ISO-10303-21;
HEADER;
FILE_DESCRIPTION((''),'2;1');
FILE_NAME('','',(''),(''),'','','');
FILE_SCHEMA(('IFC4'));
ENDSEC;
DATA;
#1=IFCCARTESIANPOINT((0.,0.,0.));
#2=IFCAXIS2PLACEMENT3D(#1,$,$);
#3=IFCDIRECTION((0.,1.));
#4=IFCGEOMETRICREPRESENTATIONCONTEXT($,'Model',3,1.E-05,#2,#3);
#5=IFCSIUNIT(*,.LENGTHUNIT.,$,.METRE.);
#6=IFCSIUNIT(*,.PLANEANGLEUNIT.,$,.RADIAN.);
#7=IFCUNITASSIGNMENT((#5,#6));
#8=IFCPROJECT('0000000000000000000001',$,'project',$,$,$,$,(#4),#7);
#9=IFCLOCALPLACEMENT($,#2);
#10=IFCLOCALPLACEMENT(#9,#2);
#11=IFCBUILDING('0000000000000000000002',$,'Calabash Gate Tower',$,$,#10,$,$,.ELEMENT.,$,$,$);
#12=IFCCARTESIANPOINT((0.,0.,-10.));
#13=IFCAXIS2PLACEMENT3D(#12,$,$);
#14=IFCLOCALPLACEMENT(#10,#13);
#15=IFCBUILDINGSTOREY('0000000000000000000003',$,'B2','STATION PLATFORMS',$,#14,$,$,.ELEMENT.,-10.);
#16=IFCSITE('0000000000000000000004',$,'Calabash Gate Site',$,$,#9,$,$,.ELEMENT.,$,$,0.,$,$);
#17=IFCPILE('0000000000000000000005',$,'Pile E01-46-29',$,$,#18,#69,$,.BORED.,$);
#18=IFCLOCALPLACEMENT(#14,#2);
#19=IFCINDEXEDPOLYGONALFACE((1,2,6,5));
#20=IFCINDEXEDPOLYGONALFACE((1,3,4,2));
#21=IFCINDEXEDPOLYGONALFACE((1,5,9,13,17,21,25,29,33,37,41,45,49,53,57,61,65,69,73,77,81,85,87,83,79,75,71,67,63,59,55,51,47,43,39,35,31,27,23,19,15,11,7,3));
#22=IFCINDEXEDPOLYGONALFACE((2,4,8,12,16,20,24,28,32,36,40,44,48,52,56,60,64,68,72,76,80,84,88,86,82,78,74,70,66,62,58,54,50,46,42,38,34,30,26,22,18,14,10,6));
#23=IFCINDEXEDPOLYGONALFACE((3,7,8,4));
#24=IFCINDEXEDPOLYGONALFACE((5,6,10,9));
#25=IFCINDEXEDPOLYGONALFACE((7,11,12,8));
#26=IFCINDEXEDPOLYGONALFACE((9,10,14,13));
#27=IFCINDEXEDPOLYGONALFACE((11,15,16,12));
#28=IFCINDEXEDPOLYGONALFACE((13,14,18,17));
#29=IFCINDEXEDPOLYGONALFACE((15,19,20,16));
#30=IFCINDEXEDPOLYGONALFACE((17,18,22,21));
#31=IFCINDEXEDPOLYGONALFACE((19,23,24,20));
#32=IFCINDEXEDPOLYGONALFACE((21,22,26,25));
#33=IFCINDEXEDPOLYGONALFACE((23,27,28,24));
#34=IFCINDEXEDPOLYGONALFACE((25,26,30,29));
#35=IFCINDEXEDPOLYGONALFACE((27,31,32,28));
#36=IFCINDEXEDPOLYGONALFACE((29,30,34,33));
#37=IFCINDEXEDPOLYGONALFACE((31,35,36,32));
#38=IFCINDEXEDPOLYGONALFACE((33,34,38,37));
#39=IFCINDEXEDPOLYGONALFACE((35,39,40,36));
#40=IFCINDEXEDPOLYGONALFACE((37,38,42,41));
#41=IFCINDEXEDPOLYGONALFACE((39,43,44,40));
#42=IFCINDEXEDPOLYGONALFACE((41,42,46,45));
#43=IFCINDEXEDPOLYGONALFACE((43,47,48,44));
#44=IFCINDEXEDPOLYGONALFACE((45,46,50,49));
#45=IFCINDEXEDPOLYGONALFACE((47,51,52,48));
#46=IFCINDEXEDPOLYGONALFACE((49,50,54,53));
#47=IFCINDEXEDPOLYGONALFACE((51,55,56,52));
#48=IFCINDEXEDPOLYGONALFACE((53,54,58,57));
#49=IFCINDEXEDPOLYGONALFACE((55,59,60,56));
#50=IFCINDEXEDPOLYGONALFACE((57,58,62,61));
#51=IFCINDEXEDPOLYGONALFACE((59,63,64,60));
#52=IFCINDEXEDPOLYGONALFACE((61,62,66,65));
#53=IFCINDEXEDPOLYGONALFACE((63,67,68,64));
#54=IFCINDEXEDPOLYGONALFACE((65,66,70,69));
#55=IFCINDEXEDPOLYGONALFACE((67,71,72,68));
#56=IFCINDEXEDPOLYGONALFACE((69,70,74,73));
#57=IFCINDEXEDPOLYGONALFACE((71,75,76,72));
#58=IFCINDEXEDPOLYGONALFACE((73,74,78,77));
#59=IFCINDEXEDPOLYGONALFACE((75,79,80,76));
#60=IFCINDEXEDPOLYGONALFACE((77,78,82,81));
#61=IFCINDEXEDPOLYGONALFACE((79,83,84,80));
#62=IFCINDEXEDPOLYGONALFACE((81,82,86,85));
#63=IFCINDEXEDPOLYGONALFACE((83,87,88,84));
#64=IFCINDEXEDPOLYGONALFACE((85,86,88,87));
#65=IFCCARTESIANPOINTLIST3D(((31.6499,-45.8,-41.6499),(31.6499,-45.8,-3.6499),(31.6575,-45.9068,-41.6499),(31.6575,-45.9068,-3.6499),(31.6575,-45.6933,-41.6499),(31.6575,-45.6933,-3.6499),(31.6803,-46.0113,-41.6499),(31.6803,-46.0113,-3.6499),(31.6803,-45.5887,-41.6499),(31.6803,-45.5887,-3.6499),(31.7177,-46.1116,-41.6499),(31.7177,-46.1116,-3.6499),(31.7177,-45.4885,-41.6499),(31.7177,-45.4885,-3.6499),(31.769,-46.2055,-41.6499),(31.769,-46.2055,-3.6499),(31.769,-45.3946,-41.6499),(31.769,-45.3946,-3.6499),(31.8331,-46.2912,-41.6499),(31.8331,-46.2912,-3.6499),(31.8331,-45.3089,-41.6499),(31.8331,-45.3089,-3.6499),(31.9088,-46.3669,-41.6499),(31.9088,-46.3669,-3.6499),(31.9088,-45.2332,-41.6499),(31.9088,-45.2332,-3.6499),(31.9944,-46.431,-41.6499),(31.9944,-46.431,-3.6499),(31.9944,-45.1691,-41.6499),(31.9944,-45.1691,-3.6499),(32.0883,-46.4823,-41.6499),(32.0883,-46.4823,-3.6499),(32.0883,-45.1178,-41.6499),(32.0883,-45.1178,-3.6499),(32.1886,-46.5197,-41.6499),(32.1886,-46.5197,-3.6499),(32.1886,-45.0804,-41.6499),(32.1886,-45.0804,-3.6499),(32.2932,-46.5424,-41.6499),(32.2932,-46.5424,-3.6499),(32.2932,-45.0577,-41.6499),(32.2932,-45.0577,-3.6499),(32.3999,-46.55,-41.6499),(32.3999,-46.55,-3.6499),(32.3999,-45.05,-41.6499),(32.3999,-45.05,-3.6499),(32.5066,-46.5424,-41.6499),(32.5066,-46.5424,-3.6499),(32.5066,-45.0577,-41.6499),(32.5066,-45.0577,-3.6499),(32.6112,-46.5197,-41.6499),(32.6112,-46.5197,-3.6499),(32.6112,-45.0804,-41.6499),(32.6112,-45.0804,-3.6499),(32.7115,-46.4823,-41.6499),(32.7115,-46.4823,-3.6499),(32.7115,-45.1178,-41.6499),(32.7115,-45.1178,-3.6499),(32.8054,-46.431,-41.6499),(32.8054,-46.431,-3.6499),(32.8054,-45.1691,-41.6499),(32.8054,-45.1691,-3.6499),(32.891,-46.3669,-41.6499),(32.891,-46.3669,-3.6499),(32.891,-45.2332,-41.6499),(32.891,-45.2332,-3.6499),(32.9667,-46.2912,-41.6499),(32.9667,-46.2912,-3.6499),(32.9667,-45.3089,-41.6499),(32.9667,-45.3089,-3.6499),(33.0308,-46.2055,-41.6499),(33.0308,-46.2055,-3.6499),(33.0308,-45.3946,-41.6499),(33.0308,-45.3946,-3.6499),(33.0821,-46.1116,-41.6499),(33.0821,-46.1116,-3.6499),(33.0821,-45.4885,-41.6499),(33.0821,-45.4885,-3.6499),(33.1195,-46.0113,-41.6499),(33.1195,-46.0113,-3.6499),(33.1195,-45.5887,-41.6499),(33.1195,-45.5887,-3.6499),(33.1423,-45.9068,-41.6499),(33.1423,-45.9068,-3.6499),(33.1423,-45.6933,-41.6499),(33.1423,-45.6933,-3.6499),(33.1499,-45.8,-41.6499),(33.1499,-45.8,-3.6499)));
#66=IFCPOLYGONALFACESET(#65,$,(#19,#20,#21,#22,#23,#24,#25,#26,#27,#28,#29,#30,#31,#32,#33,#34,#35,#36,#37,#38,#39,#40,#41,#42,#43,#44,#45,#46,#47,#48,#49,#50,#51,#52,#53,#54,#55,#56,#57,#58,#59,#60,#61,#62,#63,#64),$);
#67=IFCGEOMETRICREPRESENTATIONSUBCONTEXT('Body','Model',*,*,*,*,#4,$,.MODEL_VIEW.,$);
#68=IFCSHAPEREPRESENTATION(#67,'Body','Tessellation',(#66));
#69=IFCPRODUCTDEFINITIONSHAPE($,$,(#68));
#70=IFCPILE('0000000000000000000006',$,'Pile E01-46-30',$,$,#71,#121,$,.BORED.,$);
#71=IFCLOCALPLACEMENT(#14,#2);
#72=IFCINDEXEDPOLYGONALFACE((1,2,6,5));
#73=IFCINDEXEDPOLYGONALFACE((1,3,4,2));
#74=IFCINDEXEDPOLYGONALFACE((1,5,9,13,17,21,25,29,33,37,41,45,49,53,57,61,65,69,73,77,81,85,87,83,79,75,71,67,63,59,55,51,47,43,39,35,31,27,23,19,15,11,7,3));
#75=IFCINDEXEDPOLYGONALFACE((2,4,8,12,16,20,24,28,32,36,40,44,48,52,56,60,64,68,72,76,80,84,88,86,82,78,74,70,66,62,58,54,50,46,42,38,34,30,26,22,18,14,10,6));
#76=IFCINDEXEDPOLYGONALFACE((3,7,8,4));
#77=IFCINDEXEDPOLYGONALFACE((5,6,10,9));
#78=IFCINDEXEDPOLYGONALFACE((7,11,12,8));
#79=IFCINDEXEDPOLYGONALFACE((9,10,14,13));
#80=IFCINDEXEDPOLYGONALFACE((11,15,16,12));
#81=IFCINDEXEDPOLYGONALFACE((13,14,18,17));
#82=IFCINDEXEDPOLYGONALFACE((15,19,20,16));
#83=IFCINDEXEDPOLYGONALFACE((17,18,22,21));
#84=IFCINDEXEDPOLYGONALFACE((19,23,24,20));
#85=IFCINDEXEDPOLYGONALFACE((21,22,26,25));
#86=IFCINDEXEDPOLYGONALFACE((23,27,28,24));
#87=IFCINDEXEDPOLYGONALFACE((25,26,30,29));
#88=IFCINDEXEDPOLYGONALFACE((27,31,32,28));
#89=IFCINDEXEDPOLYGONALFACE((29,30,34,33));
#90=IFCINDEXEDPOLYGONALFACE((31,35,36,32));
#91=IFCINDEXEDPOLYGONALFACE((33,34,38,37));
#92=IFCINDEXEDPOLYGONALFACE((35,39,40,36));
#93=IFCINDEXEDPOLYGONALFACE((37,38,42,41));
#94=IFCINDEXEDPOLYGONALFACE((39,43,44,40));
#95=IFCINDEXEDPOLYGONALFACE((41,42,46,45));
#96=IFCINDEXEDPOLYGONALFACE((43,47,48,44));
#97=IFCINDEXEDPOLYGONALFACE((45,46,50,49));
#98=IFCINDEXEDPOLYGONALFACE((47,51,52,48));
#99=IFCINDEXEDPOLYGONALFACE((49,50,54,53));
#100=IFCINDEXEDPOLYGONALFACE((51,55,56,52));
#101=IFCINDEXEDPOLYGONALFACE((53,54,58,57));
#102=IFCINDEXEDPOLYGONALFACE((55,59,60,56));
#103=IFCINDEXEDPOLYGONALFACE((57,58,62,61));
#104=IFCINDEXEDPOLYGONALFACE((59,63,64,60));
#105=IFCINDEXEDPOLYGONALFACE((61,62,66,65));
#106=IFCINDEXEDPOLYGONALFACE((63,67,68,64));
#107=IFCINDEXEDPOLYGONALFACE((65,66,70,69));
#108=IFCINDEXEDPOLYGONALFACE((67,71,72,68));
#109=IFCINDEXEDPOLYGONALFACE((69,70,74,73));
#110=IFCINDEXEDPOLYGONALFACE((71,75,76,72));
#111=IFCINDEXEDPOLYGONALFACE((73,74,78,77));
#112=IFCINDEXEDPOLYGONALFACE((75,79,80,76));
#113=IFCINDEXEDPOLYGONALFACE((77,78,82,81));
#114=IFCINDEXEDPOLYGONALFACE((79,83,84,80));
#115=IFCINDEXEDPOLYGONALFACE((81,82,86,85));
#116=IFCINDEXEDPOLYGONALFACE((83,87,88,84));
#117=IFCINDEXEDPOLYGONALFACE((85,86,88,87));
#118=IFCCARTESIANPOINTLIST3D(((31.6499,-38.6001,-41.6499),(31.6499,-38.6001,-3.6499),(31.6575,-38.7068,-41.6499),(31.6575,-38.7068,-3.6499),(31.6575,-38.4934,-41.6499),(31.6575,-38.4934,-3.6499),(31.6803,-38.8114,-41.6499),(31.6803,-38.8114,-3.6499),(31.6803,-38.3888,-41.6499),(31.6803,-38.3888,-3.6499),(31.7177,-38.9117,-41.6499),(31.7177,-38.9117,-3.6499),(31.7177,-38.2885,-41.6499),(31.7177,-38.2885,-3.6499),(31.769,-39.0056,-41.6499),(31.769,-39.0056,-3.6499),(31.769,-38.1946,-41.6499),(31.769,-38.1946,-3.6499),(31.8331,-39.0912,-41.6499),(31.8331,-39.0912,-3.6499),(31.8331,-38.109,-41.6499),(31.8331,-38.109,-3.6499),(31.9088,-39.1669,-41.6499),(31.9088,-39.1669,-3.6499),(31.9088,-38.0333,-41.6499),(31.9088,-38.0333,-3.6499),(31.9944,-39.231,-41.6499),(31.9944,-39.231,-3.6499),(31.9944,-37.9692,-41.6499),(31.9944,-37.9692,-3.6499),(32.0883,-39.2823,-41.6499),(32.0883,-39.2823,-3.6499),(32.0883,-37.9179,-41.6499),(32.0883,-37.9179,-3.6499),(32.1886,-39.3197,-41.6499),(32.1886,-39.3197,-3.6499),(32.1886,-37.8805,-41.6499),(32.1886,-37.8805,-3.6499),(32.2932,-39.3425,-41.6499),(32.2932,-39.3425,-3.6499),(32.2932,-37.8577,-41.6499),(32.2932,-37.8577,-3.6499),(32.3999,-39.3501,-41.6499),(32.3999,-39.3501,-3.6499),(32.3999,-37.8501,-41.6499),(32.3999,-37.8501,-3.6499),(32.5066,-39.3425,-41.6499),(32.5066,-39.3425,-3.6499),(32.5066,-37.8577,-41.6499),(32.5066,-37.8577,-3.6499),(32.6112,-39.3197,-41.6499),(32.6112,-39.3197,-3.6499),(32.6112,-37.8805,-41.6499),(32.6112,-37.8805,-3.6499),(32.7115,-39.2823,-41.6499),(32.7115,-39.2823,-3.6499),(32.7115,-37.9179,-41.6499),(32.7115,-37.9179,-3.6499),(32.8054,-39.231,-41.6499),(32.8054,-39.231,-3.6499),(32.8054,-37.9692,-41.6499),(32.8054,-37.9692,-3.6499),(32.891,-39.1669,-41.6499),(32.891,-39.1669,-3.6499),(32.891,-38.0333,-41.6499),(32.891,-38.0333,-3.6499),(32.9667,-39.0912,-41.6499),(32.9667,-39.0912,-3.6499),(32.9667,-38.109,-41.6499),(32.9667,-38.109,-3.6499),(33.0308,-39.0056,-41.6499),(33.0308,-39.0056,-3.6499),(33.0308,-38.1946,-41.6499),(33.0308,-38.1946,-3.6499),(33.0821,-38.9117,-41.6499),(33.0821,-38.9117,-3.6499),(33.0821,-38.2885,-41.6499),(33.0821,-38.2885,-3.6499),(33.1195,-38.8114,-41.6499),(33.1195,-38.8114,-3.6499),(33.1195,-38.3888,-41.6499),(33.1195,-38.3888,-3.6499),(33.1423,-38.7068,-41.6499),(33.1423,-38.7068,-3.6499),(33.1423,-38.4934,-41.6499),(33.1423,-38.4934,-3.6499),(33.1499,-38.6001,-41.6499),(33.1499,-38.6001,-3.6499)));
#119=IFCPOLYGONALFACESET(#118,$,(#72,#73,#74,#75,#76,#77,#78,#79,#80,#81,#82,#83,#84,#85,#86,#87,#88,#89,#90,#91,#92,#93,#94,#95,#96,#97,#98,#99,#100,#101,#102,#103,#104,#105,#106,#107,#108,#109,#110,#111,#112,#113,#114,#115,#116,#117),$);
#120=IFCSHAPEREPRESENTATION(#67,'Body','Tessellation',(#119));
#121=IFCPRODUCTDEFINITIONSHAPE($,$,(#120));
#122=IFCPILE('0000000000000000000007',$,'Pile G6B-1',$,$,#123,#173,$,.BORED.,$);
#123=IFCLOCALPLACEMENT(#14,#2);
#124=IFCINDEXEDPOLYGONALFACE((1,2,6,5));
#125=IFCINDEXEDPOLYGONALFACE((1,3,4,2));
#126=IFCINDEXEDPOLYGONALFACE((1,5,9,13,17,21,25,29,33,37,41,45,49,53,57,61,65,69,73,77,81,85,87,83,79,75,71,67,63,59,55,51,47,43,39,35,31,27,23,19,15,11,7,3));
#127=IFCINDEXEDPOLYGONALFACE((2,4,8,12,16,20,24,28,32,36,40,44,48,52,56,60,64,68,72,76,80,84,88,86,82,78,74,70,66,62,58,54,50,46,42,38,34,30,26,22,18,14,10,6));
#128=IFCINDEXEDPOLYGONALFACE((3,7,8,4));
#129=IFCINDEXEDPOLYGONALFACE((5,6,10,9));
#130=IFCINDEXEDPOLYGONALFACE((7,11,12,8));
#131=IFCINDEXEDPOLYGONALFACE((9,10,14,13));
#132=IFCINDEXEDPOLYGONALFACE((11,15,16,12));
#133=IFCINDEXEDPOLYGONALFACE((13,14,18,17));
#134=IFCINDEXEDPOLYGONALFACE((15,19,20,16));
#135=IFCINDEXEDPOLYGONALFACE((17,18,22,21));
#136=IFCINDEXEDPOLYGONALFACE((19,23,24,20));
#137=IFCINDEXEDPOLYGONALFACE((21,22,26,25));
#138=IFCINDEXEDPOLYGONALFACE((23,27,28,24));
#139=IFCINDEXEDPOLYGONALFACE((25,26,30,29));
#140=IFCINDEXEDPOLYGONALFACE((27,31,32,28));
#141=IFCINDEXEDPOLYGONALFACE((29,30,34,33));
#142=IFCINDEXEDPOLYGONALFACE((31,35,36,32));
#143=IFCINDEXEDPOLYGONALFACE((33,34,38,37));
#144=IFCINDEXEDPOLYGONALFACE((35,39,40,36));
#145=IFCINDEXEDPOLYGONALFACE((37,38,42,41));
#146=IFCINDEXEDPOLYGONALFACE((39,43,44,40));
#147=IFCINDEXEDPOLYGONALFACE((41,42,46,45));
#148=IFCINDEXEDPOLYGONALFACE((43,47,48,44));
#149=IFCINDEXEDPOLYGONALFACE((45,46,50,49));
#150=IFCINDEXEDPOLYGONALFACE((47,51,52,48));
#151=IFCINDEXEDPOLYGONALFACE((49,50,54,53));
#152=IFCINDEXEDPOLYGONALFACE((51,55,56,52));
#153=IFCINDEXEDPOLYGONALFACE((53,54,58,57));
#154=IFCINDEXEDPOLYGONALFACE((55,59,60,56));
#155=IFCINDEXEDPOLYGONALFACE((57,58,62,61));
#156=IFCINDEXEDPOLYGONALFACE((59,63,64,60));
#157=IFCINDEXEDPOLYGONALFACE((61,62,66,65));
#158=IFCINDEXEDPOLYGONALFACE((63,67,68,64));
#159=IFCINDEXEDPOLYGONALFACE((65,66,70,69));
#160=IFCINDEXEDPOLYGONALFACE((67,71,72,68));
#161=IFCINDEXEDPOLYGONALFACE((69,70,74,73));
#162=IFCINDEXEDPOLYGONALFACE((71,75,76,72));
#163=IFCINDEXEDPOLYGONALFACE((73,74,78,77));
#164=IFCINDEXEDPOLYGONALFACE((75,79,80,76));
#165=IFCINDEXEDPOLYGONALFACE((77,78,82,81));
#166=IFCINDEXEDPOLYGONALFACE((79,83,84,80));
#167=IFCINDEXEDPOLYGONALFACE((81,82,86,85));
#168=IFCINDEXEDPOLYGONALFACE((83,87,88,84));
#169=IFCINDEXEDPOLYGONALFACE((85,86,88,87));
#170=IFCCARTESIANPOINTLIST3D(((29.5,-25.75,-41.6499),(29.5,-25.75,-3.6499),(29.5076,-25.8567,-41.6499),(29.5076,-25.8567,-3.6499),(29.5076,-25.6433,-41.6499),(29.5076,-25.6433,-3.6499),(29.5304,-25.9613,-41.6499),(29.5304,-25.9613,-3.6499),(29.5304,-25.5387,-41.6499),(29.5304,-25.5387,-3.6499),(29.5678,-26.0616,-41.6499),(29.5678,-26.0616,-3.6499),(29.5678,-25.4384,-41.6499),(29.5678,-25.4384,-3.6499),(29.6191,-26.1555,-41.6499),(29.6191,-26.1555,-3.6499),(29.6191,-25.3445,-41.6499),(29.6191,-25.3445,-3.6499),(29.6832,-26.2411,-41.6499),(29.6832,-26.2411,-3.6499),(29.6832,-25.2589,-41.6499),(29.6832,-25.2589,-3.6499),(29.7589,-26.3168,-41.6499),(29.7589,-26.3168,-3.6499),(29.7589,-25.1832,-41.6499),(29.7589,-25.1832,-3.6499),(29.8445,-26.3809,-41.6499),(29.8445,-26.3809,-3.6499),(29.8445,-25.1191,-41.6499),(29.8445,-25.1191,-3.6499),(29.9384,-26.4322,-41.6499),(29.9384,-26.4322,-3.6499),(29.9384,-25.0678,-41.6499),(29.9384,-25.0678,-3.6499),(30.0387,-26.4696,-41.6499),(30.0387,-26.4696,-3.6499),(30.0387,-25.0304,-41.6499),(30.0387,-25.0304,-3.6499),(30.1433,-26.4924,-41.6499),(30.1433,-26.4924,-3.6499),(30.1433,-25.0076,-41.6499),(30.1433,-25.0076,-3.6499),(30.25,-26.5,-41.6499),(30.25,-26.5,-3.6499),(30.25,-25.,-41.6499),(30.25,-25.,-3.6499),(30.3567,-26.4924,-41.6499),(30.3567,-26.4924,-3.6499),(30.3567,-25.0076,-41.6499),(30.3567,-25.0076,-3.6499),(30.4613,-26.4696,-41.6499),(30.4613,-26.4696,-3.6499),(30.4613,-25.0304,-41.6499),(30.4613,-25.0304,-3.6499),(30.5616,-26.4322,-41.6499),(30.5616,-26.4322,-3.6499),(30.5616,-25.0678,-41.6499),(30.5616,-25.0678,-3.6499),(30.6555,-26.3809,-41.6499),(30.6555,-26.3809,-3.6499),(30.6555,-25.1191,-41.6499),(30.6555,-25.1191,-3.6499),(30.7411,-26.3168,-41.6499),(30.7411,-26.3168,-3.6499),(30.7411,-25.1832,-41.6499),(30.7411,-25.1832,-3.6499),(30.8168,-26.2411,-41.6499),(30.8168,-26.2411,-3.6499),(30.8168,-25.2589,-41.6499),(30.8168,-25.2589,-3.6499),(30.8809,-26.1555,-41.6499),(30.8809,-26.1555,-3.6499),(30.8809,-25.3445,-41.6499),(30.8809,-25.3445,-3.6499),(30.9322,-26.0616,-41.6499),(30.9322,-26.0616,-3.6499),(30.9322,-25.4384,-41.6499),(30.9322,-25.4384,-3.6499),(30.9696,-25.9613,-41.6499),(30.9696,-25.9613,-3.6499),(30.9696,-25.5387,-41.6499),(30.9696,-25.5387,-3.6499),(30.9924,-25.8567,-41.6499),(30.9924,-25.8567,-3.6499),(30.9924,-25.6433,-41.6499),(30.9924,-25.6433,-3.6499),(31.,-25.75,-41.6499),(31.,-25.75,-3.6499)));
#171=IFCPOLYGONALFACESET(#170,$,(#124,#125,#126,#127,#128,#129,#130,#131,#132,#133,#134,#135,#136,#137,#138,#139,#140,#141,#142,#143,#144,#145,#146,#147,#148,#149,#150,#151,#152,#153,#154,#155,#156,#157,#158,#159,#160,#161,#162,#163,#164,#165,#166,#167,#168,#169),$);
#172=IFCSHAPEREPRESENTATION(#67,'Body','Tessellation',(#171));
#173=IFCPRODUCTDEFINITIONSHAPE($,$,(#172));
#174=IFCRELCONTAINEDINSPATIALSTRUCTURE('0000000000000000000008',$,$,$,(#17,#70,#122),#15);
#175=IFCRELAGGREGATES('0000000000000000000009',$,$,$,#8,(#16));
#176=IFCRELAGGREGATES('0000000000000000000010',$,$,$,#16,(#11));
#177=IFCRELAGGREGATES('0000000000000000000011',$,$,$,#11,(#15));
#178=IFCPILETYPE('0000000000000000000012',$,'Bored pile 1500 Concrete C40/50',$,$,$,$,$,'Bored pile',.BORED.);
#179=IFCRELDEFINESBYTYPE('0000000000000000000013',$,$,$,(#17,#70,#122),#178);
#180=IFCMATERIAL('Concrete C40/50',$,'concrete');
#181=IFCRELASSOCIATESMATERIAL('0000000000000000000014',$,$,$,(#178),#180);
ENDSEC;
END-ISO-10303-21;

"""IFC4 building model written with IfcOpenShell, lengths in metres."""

from ifc_helpers import new_model, si_unit, direction, frame, origin, origin_2d, place, context, subcontext, project, spatial, circle, extrude, material, material_profile, profile_set, type_object, element, save


model = new_model("IFC4")

# Units and contexts
model_context = context("Model", 3, precision=1e-05, world=origin(), true_north=direction((0.0, 1.0)))
body_context = subcontext(model_context, "Body", "Model", "MODEL_VIEW")
ifc_project = project(units=[si_unit("LENGTHUNIT", "METRE"), si_unit("PLANEANGLEUNIT", "RADIAN")], contexts=[model_context])

# Site, building, storey
site_placement = place(None, origin())
site = spatial("IfcSite", under=ifc_project, at=site_placement, Name="Calabash Gate Site", CompositionType="ELEMENT", RefElevation=0.0)
building_placement = place(site_placement, origin())
building = spatial("IfcBuilding", under=site, at=building_placement, Name="Calabash Gate Tower", CompositionType="ELEMENT")
storey_placement = place(building_placement, frame((0.0, 0.0, -10.0)))
storey = spatial("IfcBuildingStorey", under=building, at=storey_placement, Name="B2", Description="STATION PLATFORMS", CompositionType="ELEMENT", Elevation=-10.0)

# Piles
ifc_material_1 = material(Name="Concrete C40/50", Category="concrete")
ifc_material_profile_1 = material_profile(ifc_material_1, circle(Radius=0.75, at=origin_2d()))
ifc_profile_set_1 = profile_set([ifc_material_profile_1], Name="Concrete C40/50")
pile_type = type_object("IfcPileType", Name="Bored pile 1500 Concrete C40/50", ElementType="Bored pile", PredefinedType="BORED", material=ifc_profile_set_1)
for number, where, z_axis, x_axis, name in (
    (1, (32.3999, -45.8, -3.6499), (0.0, 0.0, -1.0), (1.0, 0.0, 0.0), "Pile E01-46-29"),
    (2, (32.3999, -38.6001, -3.6499), (0.0, 0.0, -1.0), (1.0, 0.0, 0.0), "Pile E01-46-30"),
    (3, (30.25, -25.75, -3.6499), (0.0, 0.0, -1.0), (1.0, 0.0, 0.0), "Pile G6B-1"),
):
    element("IfcPile", number, at=place(storey_placement, frame(where, z_axis=z_axis, x_axis=x_axis)), inside=storey, type_object=pile_type, Name=name, PredefinedType="BORED", context=body_context, shape_type="SweptSolid", body=[
        extrude(circle(Radius=0.75, at=origin_2d()), origin(), (0.0, 0.0, 1.0), 38.0),
    ])

save(model, "model.ifc")
